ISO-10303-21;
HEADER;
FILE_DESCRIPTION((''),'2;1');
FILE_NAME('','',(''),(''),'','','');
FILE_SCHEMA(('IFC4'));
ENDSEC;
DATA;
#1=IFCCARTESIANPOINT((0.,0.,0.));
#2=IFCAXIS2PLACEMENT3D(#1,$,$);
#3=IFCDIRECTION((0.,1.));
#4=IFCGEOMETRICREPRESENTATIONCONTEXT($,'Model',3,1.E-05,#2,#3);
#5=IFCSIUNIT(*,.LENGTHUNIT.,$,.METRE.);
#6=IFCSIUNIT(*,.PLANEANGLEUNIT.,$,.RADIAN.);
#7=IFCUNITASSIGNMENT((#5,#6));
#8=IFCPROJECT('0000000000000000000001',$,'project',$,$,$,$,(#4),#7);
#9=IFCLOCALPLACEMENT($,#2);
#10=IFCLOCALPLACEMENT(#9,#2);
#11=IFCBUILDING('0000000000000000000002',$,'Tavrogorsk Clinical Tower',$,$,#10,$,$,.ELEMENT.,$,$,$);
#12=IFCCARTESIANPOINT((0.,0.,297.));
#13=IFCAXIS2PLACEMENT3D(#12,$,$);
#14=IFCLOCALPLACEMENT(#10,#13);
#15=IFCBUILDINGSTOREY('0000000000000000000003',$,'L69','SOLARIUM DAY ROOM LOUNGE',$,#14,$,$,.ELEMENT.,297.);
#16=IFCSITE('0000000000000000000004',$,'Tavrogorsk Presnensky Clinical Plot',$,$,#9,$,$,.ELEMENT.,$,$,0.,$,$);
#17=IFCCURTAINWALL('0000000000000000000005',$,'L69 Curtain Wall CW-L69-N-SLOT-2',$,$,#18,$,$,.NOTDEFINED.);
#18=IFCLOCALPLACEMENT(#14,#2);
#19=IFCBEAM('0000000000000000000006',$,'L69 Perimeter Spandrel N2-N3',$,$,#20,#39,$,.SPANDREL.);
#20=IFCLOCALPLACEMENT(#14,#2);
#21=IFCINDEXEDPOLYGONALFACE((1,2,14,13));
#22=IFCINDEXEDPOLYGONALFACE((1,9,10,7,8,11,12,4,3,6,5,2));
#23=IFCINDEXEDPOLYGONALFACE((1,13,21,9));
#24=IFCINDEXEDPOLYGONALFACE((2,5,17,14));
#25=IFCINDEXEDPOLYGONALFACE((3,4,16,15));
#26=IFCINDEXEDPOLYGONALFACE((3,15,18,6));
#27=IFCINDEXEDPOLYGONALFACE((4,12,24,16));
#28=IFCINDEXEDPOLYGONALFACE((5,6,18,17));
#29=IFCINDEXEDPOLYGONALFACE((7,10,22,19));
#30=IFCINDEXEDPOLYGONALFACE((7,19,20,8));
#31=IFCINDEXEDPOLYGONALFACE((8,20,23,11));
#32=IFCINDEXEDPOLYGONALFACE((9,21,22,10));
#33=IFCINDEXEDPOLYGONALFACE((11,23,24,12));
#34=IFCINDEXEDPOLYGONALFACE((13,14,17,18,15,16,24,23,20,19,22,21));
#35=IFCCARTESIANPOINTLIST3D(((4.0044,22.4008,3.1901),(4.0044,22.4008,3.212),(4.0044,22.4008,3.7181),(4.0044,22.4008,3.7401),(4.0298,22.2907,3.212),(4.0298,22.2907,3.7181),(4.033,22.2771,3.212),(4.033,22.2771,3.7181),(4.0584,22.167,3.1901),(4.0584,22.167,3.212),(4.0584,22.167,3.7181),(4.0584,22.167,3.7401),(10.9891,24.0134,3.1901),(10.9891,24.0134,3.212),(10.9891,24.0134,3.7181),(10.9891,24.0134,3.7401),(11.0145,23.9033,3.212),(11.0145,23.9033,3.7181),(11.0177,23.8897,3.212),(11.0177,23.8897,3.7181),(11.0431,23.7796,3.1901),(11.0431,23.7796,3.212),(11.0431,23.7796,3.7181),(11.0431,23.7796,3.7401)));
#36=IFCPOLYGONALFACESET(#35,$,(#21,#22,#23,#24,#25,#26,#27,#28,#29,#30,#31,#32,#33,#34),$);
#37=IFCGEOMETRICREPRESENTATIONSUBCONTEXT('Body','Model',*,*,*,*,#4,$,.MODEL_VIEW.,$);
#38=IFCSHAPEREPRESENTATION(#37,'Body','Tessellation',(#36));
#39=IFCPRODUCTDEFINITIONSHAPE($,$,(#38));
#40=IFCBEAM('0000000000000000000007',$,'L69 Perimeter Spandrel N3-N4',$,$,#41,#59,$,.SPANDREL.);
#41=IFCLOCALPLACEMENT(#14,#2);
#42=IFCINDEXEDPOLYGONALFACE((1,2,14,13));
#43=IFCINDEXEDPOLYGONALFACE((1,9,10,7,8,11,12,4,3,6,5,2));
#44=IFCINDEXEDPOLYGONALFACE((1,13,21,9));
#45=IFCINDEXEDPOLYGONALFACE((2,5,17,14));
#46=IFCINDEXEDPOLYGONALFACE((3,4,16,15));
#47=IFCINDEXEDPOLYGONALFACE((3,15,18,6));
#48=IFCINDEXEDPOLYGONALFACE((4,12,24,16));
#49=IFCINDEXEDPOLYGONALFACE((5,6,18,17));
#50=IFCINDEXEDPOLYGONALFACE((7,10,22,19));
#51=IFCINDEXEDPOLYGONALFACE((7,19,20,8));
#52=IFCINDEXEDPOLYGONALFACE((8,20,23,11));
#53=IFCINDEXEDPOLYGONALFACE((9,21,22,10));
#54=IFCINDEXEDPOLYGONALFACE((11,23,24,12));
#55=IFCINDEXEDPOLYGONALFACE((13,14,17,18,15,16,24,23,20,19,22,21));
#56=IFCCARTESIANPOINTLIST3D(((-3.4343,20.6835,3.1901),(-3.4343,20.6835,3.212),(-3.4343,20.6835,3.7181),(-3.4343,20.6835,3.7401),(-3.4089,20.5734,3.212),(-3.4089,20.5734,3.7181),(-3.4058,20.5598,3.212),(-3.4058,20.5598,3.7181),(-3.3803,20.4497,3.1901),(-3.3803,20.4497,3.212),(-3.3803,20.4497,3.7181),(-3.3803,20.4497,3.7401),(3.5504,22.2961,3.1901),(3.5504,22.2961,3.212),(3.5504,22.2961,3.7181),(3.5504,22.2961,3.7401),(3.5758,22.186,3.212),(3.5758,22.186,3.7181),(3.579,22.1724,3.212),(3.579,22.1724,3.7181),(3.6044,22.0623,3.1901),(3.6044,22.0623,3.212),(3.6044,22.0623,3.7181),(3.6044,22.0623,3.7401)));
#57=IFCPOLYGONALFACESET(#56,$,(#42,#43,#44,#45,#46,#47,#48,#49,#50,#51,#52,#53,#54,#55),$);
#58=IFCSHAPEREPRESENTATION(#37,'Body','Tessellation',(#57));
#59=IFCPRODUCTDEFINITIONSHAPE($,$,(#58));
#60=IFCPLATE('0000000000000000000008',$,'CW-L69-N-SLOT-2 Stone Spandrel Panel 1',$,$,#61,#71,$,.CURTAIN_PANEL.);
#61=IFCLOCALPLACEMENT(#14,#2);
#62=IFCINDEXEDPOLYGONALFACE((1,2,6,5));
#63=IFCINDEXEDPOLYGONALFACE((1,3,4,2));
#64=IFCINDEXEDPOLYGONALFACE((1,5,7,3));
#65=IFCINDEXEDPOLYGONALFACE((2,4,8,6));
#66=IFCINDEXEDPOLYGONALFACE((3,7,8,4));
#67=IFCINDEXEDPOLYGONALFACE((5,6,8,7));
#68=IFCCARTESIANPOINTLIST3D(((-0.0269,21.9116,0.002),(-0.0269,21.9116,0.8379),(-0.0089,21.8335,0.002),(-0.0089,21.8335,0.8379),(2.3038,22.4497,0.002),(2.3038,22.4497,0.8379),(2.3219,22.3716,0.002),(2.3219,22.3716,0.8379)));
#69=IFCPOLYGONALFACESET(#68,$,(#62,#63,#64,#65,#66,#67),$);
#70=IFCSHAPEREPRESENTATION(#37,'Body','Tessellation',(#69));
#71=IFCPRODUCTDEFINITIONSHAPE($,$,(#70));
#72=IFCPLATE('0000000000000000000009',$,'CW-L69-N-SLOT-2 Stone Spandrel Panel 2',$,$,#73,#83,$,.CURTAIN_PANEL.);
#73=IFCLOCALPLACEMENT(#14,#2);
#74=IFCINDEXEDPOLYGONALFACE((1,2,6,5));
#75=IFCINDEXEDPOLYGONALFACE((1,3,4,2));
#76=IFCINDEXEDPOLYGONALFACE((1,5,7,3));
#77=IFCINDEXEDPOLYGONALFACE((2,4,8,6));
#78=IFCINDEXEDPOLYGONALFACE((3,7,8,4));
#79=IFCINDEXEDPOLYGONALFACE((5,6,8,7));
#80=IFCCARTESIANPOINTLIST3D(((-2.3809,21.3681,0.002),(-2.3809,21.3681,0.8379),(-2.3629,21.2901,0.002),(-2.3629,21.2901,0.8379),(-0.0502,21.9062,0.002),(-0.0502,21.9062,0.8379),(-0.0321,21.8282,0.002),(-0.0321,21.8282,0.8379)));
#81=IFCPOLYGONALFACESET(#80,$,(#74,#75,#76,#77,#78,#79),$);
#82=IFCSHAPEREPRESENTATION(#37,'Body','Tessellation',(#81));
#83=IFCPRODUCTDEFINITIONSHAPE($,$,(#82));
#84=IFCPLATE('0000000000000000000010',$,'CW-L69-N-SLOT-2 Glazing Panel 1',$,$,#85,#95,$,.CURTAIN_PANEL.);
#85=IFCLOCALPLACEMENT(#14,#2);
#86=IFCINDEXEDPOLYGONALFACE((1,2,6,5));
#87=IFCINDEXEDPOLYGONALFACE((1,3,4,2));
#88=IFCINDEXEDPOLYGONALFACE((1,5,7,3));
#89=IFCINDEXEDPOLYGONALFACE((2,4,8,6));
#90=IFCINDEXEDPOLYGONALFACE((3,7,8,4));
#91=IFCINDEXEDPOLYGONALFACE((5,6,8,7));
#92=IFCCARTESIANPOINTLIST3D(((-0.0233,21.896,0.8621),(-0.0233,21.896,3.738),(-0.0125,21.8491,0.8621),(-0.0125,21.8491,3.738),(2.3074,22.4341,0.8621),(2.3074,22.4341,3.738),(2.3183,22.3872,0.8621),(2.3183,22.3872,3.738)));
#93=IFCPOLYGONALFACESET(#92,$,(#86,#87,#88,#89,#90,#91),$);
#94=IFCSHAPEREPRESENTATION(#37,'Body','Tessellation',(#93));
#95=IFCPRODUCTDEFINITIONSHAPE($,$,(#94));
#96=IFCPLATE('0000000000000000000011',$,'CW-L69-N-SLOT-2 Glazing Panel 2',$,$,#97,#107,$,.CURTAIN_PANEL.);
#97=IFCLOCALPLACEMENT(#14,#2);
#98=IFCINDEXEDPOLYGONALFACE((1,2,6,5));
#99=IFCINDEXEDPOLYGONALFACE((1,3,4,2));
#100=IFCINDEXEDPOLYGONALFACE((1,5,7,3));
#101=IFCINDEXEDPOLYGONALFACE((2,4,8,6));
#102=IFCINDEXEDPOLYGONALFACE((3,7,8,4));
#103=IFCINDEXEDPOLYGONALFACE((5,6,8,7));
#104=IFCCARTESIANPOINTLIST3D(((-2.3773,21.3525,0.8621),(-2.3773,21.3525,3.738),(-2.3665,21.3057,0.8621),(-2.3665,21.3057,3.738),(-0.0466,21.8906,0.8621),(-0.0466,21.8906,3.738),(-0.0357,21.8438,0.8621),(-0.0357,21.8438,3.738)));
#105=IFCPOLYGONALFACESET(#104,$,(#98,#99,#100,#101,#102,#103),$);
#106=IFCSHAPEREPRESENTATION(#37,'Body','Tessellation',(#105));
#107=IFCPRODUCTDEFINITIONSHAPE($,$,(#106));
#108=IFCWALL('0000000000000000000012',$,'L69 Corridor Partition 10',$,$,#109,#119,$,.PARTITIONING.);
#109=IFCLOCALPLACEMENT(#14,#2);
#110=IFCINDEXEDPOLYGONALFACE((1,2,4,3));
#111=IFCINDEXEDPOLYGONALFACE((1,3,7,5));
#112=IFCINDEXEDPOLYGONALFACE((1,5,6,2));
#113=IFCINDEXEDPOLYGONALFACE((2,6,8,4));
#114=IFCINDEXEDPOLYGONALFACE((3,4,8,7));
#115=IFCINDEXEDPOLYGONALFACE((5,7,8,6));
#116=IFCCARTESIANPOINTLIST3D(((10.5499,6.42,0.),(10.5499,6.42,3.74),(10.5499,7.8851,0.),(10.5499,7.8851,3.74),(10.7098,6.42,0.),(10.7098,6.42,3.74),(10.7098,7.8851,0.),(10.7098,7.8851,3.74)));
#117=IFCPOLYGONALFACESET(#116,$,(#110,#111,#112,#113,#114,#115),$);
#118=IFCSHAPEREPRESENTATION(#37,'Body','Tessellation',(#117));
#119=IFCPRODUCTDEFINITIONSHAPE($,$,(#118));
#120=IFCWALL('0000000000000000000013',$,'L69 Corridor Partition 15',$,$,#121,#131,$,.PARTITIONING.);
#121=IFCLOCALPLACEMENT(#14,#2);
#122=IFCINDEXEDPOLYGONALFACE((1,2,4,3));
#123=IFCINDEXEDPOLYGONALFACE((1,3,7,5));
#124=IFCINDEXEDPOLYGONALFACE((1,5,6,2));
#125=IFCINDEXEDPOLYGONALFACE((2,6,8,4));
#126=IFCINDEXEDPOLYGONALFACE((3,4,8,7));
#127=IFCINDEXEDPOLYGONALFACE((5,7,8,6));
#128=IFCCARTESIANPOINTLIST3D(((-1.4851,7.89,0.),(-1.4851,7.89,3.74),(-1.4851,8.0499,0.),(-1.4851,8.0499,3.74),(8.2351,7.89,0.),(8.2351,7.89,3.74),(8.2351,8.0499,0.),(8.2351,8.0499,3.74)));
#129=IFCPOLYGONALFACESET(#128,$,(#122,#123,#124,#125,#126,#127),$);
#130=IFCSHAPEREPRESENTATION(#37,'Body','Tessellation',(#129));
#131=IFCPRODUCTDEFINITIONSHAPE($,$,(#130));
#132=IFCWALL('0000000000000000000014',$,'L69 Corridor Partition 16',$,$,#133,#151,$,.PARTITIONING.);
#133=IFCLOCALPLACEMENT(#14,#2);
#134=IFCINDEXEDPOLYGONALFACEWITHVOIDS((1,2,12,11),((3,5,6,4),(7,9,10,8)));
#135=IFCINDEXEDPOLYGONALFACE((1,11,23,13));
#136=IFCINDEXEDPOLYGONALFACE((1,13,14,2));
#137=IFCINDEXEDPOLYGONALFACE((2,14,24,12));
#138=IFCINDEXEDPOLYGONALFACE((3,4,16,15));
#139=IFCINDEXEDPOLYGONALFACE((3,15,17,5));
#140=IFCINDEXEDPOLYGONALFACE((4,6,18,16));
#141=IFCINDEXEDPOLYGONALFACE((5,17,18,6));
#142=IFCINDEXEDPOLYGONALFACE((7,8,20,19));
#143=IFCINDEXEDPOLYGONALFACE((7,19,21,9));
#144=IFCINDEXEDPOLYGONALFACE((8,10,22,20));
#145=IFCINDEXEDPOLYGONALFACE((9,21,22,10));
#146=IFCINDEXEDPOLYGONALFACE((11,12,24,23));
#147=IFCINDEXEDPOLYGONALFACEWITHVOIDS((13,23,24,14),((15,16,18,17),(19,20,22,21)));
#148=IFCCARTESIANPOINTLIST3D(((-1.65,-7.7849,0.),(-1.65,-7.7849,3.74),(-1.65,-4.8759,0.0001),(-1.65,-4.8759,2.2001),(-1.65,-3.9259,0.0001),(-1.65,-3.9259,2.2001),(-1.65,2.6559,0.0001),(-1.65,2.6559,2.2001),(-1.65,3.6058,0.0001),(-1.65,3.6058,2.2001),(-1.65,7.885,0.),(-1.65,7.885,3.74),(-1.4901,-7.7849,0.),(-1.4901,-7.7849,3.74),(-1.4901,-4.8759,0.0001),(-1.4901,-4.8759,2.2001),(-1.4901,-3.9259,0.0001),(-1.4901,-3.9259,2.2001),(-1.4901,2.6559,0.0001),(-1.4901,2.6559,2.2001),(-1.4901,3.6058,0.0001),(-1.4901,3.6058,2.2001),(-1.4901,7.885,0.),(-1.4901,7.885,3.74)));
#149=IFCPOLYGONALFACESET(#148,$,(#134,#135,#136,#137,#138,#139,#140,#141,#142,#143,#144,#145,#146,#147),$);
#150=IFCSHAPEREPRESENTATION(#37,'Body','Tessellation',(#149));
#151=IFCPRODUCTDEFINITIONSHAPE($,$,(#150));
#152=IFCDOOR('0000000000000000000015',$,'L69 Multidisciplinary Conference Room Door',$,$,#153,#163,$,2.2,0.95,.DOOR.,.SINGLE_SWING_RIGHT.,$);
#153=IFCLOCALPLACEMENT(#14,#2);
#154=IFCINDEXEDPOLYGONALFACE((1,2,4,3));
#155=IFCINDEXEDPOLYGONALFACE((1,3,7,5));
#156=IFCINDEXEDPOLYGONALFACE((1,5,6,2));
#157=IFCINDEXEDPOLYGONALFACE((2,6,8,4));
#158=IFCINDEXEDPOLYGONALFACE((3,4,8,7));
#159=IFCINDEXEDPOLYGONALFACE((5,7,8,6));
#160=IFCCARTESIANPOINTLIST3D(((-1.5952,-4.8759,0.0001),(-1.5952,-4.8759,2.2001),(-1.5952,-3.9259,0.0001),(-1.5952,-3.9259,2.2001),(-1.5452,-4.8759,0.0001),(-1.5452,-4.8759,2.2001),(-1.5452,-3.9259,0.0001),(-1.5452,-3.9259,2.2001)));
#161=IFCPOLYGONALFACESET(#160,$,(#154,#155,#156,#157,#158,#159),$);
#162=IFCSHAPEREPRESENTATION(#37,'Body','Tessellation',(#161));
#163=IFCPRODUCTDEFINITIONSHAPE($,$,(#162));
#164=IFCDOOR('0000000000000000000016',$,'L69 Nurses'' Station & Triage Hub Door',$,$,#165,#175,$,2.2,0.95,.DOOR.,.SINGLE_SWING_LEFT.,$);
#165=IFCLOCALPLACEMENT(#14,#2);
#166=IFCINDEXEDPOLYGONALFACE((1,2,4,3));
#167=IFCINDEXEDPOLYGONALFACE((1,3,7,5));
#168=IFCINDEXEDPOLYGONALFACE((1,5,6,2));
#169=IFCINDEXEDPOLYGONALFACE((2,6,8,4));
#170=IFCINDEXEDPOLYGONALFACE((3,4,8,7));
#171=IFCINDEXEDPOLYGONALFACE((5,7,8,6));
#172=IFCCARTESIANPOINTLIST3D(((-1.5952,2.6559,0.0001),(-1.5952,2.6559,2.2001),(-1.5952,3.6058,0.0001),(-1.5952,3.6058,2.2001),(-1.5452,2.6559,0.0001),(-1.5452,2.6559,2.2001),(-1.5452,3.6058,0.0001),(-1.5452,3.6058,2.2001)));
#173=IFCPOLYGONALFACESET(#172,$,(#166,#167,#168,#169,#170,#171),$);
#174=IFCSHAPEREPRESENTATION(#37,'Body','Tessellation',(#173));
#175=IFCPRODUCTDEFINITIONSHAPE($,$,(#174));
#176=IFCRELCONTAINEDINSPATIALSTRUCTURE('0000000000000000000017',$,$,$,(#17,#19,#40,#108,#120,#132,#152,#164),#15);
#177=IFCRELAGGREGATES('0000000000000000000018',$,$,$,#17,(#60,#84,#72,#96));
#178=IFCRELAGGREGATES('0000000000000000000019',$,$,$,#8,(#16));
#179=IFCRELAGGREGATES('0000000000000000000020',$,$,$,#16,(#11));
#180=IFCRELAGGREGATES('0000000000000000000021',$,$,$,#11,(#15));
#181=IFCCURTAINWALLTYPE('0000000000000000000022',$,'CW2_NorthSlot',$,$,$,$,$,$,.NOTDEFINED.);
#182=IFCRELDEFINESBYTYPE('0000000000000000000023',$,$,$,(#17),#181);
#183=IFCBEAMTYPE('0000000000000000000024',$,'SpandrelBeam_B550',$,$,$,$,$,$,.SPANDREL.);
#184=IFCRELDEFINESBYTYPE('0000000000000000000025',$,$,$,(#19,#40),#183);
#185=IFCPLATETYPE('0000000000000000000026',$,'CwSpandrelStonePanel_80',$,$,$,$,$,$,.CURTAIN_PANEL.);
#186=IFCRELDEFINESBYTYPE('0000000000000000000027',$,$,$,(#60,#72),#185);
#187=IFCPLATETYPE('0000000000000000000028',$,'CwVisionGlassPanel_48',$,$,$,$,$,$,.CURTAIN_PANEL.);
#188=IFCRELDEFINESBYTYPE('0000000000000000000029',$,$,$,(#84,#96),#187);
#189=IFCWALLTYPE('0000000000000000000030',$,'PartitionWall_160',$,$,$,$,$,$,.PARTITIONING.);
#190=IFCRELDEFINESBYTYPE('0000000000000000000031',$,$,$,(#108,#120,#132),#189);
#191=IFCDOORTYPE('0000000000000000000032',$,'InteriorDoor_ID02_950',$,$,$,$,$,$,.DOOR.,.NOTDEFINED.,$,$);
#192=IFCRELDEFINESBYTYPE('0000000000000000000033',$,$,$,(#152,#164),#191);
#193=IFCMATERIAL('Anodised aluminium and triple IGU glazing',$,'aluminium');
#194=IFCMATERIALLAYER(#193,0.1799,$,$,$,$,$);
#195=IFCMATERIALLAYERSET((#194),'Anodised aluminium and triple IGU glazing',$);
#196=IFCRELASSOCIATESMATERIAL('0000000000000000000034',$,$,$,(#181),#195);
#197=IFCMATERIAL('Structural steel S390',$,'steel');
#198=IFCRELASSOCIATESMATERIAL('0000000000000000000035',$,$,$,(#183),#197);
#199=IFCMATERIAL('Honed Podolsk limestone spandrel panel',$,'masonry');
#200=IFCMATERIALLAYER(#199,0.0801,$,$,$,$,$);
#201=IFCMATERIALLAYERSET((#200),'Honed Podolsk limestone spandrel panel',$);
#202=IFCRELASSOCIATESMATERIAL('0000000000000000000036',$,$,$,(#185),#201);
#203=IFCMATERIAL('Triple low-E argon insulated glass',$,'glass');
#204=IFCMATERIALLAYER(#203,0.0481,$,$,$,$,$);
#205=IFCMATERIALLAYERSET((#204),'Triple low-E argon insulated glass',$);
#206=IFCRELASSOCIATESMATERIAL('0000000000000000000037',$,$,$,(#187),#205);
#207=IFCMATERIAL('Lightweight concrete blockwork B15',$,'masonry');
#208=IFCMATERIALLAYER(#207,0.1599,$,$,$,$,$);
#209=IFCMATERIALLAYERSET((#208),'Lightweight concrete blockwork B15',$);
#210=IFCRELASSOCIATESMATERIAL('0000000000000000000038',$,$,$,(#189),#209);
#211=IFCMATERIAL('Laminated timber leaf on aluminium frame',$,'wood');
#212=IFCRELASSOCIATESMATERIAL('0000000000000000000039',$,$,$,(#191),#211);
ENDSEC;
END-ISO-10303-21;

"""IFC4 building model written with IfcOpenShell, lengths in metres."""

from ifc_helpers import new_model, si_unit, direction, frame, frame_2d, origin, origin_2d, place, context, subcontext, project, spatial, rectangle, i_section, extrude, material, layer, layer_set, material_profile, profile_set, type_object, element, fill, aggregate, save


model = new_model("IFC4")

# Units and contexts
model_context = context("Model", 3, precision=1e-05, world=origin(), true_north=direction((0.0, 1.0)))
body_context = subcontext(model_context, "Body", "Model", "MODEL_VIEW")
ifc_project = project(units=[si_unit("LENGTHUNIT", "METRE"), si_unit("PLANEANGLEUNIT", "RADIAN")], contexts=[model_context])

# Site, building, storey
site_placement = place(None, origin())
site = spatial("IfcSite", under=ifc_project, at=site_placement, Name="Tavrogorsk Presnensky Clinical Plot", CompositionType="ELEMENT", RefElevation=0.0)
building_placement = place(site_placement, origin())
building = spatial("IfcBuilding", under=site, at=building_placement, Name="Tavrogorsk Clinical Tower", CompositionType="ELEMENT")
storey_placement = place(building_placement, frame((0.0, 0.0, 297.0)))
storey = spatial("IfcBuildingStorey", under=building, at=storey_placement, Name="L69", Description="SOLARIUM DAY ROOM LOUNGE", CompositionType="ELEMENT", Elevation=297.0)

# Curtain wall
ifc_material_1 = material(Name="Anodised aluminium and triple IGU glazing", Category="aluminium")
ifc_layer_1 = layer(ifc_material_1, 0.1799)
ifc_layer_set_1 = layer_set([ifc_layer_1], Name="Anodised aluminium and triple IGU glazing")
curtain_wall_type = type_object("IfcCurtainWallType", Name="CW2_NorthSlot", PredefinedType="NOTDEFINED", material=ifc_layer_set_1)
curtain_wall_placement = place(storey_placement, origin())
curtain_wall = element("IfcCurtainWall", 1, at=curtain_wall_placement, inside=storey, type_object=curtain_wall_type, Name="L69 Curtain Wall CW-L69-N-SLOT-2", PredefinedType="NOTDEFINED")

# Beams
ifc_material_2 = material(Name="Structural steel S390", Category="steel")
ifc_material_profile_1 = material_profile(ifc_material_2, i_section(OverallWidth=0.24, OverallDepth=0.55, WebThickness=0.0139, FlangeThickness=0.022, at=origin_2d()), Name="B-550x240x14x22")
ifc_profile_set_1 = profile_set([ifc_material_profile_1], Name="Structural steel S390")
beam_type_1 = type_object("IfcBeamType", Name="SpandrelBeam_B550", PredefinedType="SPANDREL", material=ifc_profile_set_1)
for number, where, z_axis, x_axis, name in (
    (2, (11.0161, 23.8965, 3.4651), (-0.974369, -0.224954, 0.0), (0.224954, -0.974369, 0.0), "L69 Perimeter Spandrel N2-N3"),
    (3, (3.5774, 22.1792, 3.4651), (-0.974369, -0.224954, 0.0), (0.224954, -0.974369, 0.0), "L69 Perimeter Spandrel N3-N4"),
):
    element("IfcBeam", number, at=place(storey_placement, frame(where, z_axis=z_axis, x_axis=x_axis)), inside=storey, type_object=beam_type_1, Name=name, PredefinedType="SPANDREL", context=body_context, shape_type="SweptSolid", body=[
        extrude(i_section(OverallWidth=0.24, OverallDepth=0.55, WebThickness=0.0139, FlangeThickness=0.022, at=origin_2d()), origin(), (0.0, 0.0, 1.0), 7.1685),
    ])

# Plates
ifc_material_3 = material(Name="Honed Podolsk limestone spandrel panel", Category="masonry")
ifc_layer_2 = layer(ifc_material_3, 0.0801)
ifc_layer_set_2 = layer_set([ifc_layer_2], Name="Honed Podolsk limestone spandrel panel")
plate_type_1 = type_object("IfcPlateType", Name="CwSpandrelStonePanel_80", PredefinedType="CURTAIN_PANEL", material=ifc_layer_set_2)
plate_1_placement = place(storey_placement, frame((1.1475, 22.1416, 0.002), z_axis=(0.0, 0.0, 1.0), x_axis=(-0.97437, -0.224951, 0.0)))
plate_1 = element("IfcPlate", 4, at=plate_1_placement, type_object=plate_type_1, Name="CW-L69-N-SLOT-2 Stone Spandrel Panel 1", PredefinedType="CURTAIN_PANEL", context=body_context, shape_type="SweptSolid", body=[
    extrude(rectangle(XDim=2.3921, YDim=0.0801, at=origin_2d()), origin(), (0.0, 0.0, 1.0), 0.8359),
])
plate_2_placement = place(storey_placement, frame((-1.2065, 21.5981, 0.002), z_axis=(0.0, 0.0, 1.0), x_axis=(-0.97437, -0.224951, 0.0)))
plate_2 = element("IfcPlate", 5, at=plate_2_placement, type_object=plate_type_1, Name="CW-L69-N-SLOT-2 Stone Spandrel Panel 2", PredefinedType="CURTAIN_PANEL", context=body_context, shape_type="SweptSolid", body=[
    extrude(rectangle(XDim=2.3921, YDim=0.0801, at=origin_2d()), origin(), (0.0, 0.0, 1.0), 0.8359),
])
ifc_material_4 = material(Name="Triple low-E argon insulated glass", Category="glass")
ifc_layer_3 = layer(ifc_material_4, 0.0481)
ifc_layer_set_3 = layer_set([ifc_layer_3], Name="Triple low-E argon insulated glass")
plate_type_2 = type_object("IfcPlateType", Name="CwVisionGlassPanel_48", PredefinedType="CURTAIN_PANEL", material=ifc_layer_set_3)
plate_3_placement = place(storey_placement, frame((1.1475, 22.1416, 0.8621), z_axis=(0.0, 0.0, 1.0), x_axis=(-0.97437, -0.224951, 0.0)))
plate_3 = element("IfcPlate", 6, at=plate_3_placement, type_object=plate_type_2, Name="CW-L69-N-SLOT-2 Glazing Panel 1", PredefinedType="CURTAIN_PANEL", context=body_context, shape_type="SweptSolid", body=[
    extrude(rectangle(XDim=2.3921, YDim=0.0481, at=origin_2d()), origin(), (0.0, 0.0, 1.0), 2.876),
])
plate_4_placement = place(storey_placement, frame((-1.2065, 21.5981, 0.8621), z_axis=(0.0, 0.0, 1.0), x_axis=(-0.97437, -0.224951, 0.0)))
plate_4 = element("IfcPlate", 7, at=plate_4_placement, type_object=plate_type_2, Name="CW-L69-N-SLOT-2 Glazing Panel 2", PredefinedType="CURTAIN_PANEL", context=body_context, shape_type="SweptSolid", body=[
    extrude(rectangle(XDim=2.3921, YDim=0.0481, at=origin_2d()), origin(), (0.0, 0.0, 1.0), 2.876),
])
aggregate(curtain_wall, [plate_1, plate_3, plate_2, plate_4])

# Walls
ifc_material_5 = material(Name="Lightweight concrete blockwork B15", Category="masonry")
ifc_layer_4 = layer(ifc_material_5, 0.1599)
ifc_layer_set_4 = layer_set([ifc_layer_4], Name="Lightweight concrete blockwork B15")
wall_type = type_object("IfcWallType", Name="PartitionWall_160", PredefinedType="PARTITIONING", material=ifc_layer_set_4)
wall_1_placement = place(storey_placement, frame((10.6299, 7.885, 0.0), z_axis=(0.0, 0.0, 1.0), x_axis=(0.0, -1.0, 0.0)))
element("IfcWall", 8, at=wall_1_placement, inside=storey, type_object=wall_type, Name="L69 Corridor Partition 10", PredefinedType="PARTITIONING", context=body_context, shape_type="SweptSolid", body=[
    extrude(rectangle(XDim=1.4651, YDim=0.1599, at=frame_2d((0.7324, 0.0))), origin(), (0.0, 0.0, 1.0), 3.74),
])
wall_2_placement = place(storey_placement, frame((8.2351, 7.97, 0.0), z_axis=(0.0, 0.0, 1.0), x_axis=(-1.0, 0.0, 0.0)))
element("IfcWall", 9, at=wall_2_placement, inside=storey, type_object=wall_type, Name="L69 Corridor Partition 15", PredefinedType="PARTITIONING", context=body_context, shape_type="SweptSolid", body=[
    extrude(rectangle(XDim=9.7202, YDim=0.1599, at=frame_2d((4.8601, 0.0))), origin(), (0.0, 0.0, 1.0), 3.74),
])

# Wall, openings, doors
wall_3_placement = place(storey_placement, frame((-1.5701, 7.885, 0.0), z_axis=(0.0, 0.0, 1.0), x_axis=(0.0, -1.0, 0.0)))
wall_3 = element("IfcWall", 10, at=wall_3_placement, inside=storey, type_object=wall_type, Name="L69 Corridor Partition 16", PredefinedType="PARTITIONING", context=body_context, shape_type="SweptSolid", body=[
    extrude(rectangle(XDim=15.6699, YDim=0.1599, at=frame_2d((7.835, 0.0))), origin(), (0.0, 0.0, 1.0), 3.74),
])
opening_1_placement = place(wall_3_placement, frame((11.8108, 0.0, 0.0)))
opening_1 = element("IfcOpeningElement", 11, at=opening_1_placement, cuts=wall_3, PredefinedType="OPENING", context=body_context, shape_type="SweptSolid", body=[
    extrude(rectangle(XDim=0.95, YDim=2.2, at=frame_2d((0.4751, 1.1001))), frame((0.0, 0.0898, 0.0), z_axis=(0.0, -1.0, 0.0), x_axis=(1.0, 0.0, 0.0)), (0.0, 0.0, 1.0), 0.1799),
])
opening_2_placement = place(wall_3_placement, frame((4.2791, 0.0, 0.0)))
opening_2 = element("IfcOpeningElement", 12, at=opening_2_placement, cuts=wall_3, PredefinedType="OPENING", context=body_context, shape_type="SweptSolid", body=[
    extrude(rectangle(XDim=0.95, YDim=2.2, at=frame_2d((0.4751, 1.1001))), frame((0.0, 0.0898, 0.0), z_axis=(0.0, -1.0, 0.0), x_axis=(1.0, 0.0, 0.0)), (0.0, 0.0, 1.0), 0.1799),
])
ifc_material_6 = material(Name="Laminated timber leaf on aluminium frame", Category="wood")
door_type = type_object("IfcDoorType", Name="InteriorDoor_ID02_950", OperationType="NOTDEFINED", PredefinedType="DOOR", material=ifc_material_6)
door_1_placement = place(opening_1_placement, origin())
door_1 = element("IfcDoor", 13, at=door_1_placement, inside=storey, type_object=door_type, Name="L69 Multidisciplinary Conference Room Door", OperationType="SINGLE_SWING_RIGHT", OverallHeight=2.2, OverallWidth=0.95, PredefinedType="DOOR", context=body_context, shape_type="SweptSolid", body=[
    extrude(rectangle(XDim=0.95, YDim=2.2, at=frame_2d((0.4751, 1.1001))), frame((0.0, 0.0249, 0.0), z_axis=(0.0, -1.0, 0.0), x_axis=(1.0, 0.0, 0.0)), (0.0, 0.0, 1.0), 0.05),
])
fill(opening_1, door_1)
door_2_placement = place(opening_2_placement, origin())
door_2 = element("IfcDoor", 14, at=door_2_placement, inside=storey, type_object=door_type, Name="L69 Nurses' Station & Triage Hub Door", OperationType="SINGLE_SWING_LEFT", OverallHeight=2.2, OverallWidth=0.95, PredefinedType="DOOR", context=body_context, shape_type="SweptSolid", body=[
    extrude(rectangle(XDim=0.95, YDim=2.2, at=frame_2d((0.4751, 1.1001))), frame((0.0, 0.0249, 0.0), z_axis=(0.0, -1.0, 0.0), x_axis=(1.0, 0.0, 0.0)), (0.0, 0.0, 1.0), 0.05),
])
fill(opening_2, door_2)

save(model, "model.ifc")
